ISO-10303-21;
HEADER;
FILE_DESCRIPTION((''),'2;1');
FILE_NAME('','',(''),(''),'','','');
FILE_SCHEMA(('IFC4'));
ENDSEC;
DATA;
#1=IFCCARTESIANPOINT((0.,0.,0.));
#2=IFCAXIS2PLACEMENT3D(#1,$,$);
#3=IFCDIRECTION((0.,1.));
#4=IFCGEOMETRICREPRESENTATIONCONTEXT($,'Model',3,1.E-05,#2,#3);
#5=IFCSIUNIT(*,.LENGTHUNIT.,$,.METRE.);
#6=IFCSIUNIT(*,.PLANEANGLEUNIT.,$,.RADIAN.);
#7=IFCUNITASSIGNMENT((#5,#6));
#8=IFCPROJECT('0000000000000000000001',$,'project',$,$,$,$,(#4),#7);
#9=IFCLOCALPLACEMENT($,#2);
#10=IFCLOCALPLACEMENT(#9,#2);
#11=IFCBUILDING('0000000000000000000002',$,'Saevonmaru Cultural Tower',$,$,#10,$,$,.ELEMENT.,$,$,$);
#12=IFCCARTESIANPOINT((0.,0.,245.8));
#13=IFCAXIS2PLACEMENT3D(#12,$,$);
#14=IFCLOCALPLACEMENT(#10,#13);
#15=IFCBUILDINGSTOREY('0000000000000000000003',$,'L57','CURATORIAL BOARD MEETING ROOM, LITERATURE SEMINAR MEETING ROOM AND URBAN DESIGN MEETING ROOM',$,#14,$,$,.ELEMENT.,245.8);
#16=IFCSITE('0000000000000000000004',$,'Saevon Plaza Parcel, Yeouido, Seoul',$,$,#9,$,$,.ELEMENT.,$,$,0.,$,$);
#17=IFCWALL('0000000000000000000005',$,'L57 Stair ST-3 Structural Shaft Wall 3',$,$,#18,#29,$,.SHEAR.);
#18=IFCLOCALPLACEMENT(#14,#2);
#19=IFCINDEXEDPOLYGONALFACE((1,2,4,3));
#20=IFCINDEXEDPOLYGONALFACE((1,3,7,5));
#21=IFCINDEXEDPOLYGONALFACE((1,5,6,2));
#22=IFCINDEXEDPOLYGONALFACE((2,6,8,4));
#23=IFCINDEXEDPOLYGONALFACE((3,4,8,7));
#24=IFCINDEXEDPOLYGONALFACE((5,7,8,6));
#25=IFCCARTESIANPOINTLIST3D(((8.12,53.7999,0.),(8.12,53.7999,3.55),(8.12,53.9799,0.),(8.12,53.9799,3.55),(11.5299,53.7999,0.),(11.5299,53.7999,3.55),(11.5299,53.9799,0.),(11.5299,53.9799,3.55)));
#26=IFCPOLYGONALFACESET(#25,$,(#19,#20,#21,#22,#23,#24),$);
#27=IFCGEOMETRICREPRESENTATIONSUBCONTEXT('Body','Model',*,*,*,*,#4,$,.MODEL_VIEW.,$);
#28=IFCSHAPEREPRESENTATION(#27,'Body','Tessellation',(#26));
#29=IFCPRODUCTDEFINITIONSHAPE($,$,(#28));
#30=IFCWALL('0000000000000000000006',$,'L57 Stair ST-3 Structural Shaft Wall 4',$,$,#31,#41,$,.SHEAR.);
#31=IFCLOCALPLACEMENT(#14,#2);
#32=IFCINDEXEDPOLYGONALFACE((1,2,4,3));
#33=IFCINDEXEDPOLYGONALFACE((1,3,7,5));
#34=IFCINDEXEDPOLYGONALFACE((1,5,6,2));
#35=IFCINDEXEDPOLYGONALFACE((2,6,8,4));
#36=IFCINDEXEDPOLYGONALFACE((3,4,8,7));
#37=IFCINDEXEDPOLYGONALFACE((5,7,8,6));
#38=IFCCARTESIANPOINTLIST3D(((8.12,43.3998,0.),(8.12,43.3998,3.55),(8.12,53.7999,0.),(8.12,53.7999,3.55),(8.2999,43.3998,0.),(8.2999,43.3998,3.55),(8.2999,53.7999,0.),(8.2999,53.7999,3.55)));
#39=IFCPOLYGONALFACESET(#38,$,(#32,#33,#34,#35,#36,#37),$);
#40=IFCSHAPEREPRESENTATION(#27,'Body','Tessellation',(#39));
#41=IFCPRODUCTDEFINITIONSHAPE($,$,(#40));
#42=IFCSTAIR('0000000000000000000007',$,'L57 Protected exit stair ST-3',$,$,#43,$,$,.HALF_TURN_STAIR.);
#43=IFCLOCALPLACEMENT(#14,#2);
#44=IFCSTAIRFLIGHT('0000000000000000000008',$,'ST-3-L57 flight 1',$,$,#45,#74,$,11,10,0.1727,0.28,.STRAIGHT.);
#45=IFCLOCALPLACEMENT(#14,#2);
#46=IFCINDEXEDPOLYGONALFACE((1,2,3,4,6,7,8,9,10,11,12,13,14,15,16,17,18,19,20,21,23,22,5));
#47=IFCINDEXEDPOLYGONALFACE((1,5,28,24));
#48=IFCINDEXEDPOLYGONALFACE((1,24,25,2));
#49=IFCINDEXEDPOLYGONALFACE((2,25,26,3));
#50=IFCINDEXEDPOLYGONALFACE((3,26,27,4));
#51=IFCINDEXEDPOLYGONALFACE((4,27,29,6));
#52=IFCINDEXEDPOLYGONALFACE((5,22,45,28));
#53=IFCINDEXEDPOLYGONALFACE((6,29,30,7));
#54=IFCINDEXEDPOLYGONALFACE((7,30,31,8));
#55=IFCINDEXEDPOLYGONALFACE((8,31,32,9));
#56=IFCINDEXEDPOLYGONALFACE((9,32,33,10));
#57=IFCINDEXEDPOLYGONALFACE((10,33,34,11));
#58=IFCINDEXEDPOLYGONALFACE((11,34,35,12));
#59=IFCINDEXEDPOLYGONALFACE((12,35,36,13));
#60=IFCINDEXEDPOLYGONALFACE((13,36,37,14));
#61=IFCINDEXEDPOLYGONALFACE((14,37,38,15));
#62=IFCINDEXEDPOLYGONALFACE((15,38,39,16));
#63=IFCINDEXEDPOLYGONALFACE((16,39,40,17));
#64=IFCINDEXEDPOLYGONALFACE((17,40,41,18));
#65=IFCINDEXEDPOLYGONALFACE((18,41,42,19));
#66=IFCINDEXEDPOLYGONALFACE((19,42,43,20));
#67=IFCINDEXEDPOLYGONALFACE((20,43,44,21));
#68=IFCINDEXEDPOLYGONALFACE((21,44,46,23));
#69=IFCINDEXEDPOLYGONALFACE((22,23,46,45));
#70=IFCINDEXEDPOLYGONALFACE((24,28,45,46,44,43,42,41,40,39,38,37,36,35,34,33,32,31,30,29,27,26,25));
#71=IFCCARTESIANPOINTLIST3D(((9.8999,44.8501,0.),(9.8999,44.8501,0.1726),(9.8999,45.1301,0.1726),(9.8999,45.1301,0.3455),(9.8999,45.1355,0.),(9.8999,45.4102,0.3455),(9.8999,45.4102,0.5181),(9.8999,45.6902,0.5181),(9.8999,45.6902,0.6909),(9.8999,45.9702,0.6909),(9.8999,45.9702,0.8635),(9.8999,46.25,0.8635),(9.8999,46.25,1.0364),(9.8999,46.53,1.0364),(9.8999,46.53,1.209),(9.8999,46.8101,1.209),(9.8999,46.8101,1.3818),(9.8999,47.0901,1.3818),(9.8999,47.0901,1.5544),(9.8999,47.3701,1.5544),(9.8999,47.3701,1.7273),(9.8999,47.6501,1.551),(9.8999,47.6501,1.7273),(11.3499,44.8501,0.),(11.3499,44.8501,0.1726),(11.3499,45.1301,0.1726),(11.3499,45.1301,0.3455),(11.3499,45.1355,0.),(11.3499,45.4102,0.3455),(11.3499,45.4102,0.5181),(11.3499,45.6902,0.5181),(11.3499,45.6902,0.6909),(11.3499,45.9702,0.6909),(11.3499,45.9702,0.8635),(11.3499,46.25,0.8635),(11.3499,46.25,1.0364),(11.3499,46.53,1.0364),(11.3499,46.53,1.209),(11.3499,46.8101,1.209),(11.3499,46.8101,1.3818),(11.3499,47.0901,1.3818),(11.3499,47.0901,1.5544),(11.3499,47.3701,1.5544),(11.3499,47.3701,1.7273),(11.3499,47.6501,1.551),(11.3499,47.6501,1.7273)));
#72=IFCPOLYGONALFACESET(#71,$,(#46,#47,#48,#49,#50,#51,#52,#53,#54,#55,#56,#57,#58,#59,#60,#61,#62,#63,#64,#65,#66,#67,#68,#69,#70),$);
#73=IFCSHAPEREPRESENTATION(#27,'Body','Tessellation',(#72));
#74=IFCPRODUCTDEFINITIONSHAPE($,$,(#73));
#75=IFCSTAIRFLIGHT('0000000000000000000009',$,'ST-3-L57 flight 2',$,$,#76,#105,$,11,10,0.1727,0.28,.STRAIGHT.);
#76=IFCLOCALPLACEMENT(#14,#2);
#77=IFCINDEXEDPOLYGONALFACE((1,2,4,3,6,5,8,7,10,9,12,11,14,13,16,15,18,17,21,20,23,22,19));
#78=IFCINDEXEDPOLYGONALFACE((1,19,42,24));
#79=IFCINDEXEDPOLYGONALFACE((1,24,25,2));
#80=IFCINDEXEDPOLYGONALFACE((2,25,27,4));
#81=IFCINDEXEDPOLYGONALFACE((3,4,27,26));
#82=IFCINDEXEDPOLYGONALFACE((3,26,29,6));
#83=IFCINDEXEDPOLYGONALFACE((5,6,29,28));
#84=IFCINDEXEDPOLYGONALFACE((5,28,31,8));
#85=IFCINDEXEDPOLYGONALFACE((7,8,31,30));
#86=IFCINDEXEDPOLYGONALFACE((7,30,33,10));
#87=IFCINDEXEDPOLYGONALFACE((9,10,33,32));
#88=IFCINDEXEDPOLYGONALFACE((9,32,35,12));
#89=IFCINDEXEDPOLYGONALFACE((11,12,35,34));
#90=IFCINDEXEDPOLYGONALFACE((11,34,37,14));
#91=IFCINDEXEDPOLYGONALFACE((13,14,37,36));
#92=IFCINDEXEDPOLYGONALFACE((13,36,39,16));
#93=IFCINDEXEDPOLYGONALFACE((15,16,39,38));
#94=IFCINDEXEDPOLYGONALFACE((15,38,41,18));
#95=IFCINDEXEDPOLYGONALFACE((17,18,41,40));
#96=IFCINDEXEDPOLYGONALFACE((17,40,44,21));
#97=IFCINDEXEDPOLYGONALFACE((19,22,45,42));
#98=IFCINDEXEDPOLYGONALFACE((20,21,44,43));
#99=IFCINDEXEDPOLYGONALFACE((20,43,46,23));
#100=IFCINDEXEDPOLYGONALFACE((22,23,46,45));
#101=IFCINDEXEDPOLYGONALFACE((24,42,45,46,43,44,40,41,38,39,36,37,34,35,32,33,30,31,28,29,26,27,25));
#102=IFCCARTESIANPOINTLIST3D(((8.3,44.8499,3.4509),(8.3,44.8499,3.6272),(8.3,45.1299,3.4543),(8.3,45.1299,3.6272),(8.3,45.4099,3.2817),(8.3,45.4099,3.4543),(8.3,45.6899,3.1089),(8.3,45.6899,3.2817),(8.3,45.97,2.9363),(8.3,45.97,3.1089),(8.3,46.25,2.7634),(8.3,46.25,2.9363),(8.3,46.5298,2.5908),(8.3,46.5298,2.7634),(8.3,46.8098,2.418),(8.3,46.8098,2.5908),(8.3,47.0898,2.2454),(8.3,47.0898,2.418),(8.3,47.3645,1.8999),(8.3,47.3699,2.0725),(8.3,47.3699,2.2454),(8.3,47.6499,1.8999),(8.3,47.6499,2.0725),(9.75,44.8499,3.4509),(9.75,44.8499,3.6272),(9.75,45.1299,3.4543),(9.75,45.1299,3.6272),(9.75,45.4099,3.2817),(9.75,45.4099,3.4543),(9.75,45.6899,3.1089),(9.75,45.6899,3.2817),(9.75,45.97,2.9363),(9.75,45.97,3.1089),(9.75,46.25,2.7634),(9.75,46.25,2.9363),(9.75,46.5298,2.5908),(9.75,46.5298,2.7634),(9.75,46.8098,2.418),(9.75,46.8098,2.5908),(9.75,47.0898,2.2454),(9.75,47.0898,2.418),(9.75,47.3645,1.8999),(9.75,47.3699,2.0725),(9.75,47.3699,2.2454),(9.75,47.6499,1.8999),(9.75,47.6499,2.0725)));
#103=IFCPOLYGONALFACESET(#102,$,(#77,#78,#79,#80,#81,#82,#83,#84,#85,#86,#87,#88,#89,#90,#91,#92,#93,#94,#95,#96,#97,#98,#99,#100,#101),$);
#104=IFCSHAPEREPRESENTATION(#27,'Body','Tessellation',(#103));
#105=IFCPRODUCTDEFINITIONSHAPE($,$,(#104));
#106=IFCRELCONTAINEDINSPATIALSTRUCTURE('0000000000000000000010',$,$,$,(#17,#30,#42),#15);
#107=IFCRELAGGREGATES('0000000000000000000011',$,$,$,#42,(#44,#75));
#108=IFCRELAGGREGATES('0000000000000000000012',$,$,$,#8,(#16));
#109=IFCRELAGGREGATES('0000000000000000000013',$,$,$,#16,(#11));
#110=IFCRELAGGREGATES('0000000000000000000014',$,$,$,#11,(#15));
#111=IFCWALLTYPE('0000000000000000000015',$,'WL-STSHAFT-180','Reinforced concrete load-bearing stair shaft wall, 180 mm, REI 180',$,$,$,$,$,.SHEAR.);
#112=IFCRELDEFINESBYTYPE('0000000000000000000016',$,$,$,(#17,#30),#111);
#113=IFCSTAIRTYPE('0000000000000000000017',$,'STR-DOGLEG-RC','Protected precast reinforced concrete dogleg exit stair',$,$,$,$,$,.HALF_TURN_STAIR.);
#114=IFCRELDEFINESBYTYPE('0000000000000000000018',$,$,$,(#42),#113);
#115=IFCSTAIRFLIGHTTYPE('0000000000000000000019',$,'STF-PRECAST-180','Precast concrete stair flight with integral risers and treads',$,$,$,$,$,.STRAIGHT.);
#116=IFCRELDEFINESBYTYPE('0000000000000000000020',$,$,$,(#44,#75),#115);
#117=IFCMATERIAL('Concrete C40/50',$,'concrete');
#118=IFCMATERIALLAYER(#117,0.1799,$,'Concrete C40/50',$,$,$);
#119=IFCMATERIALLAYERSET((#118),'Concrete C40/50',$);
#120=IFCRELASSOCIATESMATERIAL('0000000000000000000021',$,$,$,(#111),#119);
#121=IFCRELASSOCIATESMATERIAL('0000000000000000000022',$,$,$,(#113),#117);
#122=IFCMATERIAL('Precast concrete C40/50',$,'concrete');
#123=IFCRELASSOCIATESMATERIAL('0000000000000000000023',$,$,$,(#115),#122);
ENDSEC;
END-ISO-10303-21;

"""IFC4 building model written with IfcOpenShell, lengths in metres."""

from ifc_helpers import new_model, si_unit, direction, frame, frame_2d, origin, place, context, subcontext, project, spatial, polyline, rectangle, outline, extrude, material, layer, layer_set, type_object, element, aggregate, save


model = new_model("IFC4")

# Units and contexts
model_context = context("Model", 3, precision=1e-05, world=origin(), true_north=direction((0.0, 1.0)))
body_context = subcontext(model_context, "Body", "Model", "MODEL_VIEW")
ifc_project = project(units=[si_unit("LENGTHUNIT", "METRE"), si_unit("PLANEANGLEUNIT", "RADIAN")], contexts=[model_context])

# Site, building, storey
site_placement = place(None, origin())
site = spatial("IfcSite", under=ifc_project, at=site_placement, Name="Saevon Plaza Parcel, Yeouido, Seoul", CompositionType="ELEMENT", RefElevation=0.0)
building_placement = place(site_placement, origin())
building = spatial("IfcBuilding", under=site, at=building_placement, Name="Saevonmaru Cultural Tower", CompositionType="ELEMENT")
storey_placement = place(building_placement, frame((0.0, 0.0, 245.8)))
storey = spatial("IfcBuildingStorey", under=building, at=storey_placement, Name="L57", Description="CURATORIAL BOARD MEETING ROOM, LITERATURE SEMINAR MEETING ROOM AND URBAN DESIGN MEETING ROOM", CompositionType="ELEMENT", Elevation=245.8)

# Shared definitions
ifc_material_1 = material(Name="Concrete C40/50", Category="concrete")
ifc_layer_1 = layer(ifc_material_1, 0.1799, Name="Concrete C40/50")
ifc_layer_set_1 = layer_set([ifc_layer_1], Name="Concrete C40/50")
wall_type_1 = type_object("IfcWallType", Name="WL-STSHAFT-180", Description="Reinforced concrete load-bearing stair shaft wall, 180 mm, REI 180", PredefinedType="SHEAR", material=ifc_layer_set_1)

# Walls
wall_1_placement = place(storey_placement, frame((11.53, 53.8899, 0.0), z_axis=(0.0, 0.0, 1.0), x_axis=(-1.0, 0.0, 0.0)))
element("IfcWall", 1, at=wall_1_placement, inside=storey, type_object=wall_type_1, Name="L57 Stair ST-3 Structural Shaft Wall 3", PredefinedType="SHEAR", context=body_context, shape_type="SweptSolid", body=[
    extrude(rectangle(XDim=3.4099, YDim=0.1799, at=frame_2d((1.7051, 0.0))), origin(), (0.0, 0.0, 1.0), 3.55),
])
wall_2_placement = place(storey_placement, frame((8.21, 53.8, 0.0), z_axis=(0.0, 0.0, 1.0), x_axis=(0.0, -1.0, 0.0)))
element("IfcWall", 2, at=wall_2_placement, inside=storey, type_object=wall_type_1, Name="L57 Stair ST-3 Structural Shaft Wall 4", PredefinedType="SHEAR", context=body_context, shape_type="SweptSolid", body=[
    extrude(rectangle(XDim=10.4001, YDim=0.1799, at=frame_2d((5.2002, 0.0))), origin(), (0.0, 0.0, 1.0), 3.55),
])

# Stair, stair flights
stair_type = type_object("IfcStairType", Name="STR-DOGLEG-RC", Description="Protected precast reinforced concrete dogleg exit stair", PredefinedType="HALF_TURN_STAIR", material=ifc_material_1)
stair_placement = place(storey_placement, origin())
stair = element("IfcStair", 3, at=stair_placement, inside=storey, type_object=stair_type, Name="L57 Protected exit stair ST-3", PredefinedType="HALF_TURN_STAIR")
ifc_material_2 = material(Name="Precast concrete C40/50", Category="concrete")
stair_flight_type = type_object("IfcStairFlightType", Name="STF-PRECAST-180", Description="Precast concrete stair flight with integral risers and treads", PredefinedType="STRAIGHT", material=ifc_material_2)
stair_flight_1_placement = place(storey_placement, frame((10.625, 44.8501, 0.0), z_axis=(0.0, 0.0, 1.0), x_axis=(0.0, 1.0, 0.0)))
stair_flight_1 = element("IfcStairFlight", 4, at=stair_flight_1_placement, type_object=stair_flight_type, Name="ST-3-L57 flight 1", NumberOfRisers=11, NumberOfTreads=10, PredefinedType="STRAIGHT", RiserHeight=0.1727, TreadLength=0.28, context=body_context, shape_type="SweptSolid", body=[
    extrude(outline(polyline([(0.0, 0.0), (0.0, 0.1726), (0.28, 0.1726), (0.28, 0.3455), (0.5601, 0.3455), (0.5601, 0.5181), (0.8401, 0.5181), (0.8401, 0.6909), (1.1201, 0.6909), (1.1201, 0.8635), (1.3999, 0.8635), (1.3999, 1.0364), (1.6799, 1.0364), (1.6799, 1.209), (1.96, 1.209), (1.96, 1.3818), (2.24, 1.3818), (2.24, 1.5544), (2.52, 1.5544), (2.52, 1.7273), (2.8, 1.7273), (2.8, 1.8999), (2.8, 1.551), (0.2854, 0.0), (0.0, 0.0)])), frame((0.0, 0.7251, 0.0), z_axis=(0.0, -1.0, 0.0), x_axis=(1.0, 0.0, 0.0)), (0.0, 0.0, 1.0), 1.45),
])
stair_flight_2_placement = place(storey_placement, frame((9.0249, 47.6499, 1.8999), z_axis=(0.0, 0.0, 1.0), x_axis=(0.0, -1.0, 0.0)))
stair_flight_2 = element("IfcStairFlight", 5, at=stair_flight_2_placement, type_object=stair_flight_type, Name="ST-3-L57 flight 2", NumberOfRisers=11, NumberOfTreads=10, PredefinedType="STRAIGHT", RiserHeight=0.1727, TreadLength=0.28, context=body_context, shape_type="SweptSolid", body=[
    extrude(outline(polyline([(0.0, 0.0), (0.0, 0.1726), (0.28, 0.1726), (0.28, 0.3455), (0.5601, 0.3455), (0.5601, 0.5181), (0.8401, 0.5181), (0.8401, 0.6909), (1.1201, 0.6909), (1.1201, 0.8635), (1.3999, 0.8635), (1.3999, 1.0364), (1.6799, 1.0364), (1.6799, 1.209), (1.96, 1.209), (1.96, 1.3818), (2.24, 1.3818), (2.24, 1.5544), (2.52, 1.5544), (2.52, 1.7273), (2.8, 1.7273), (2.8, 1.8999), (2.8, 1.551), (0.2854, 0.0), (0.0, 0.0)])), frame((0.0, 0.7251, 0.0), z_axis=(0.0, -1.0, 0.0), x_axis=(1.0, 0.0, 0.0)), (0.0, 0.0, 1.0), 1.45),
])
aggregate(stair, [stair_flight_1, stair_flight_2])

save(model, "model.ifc")
